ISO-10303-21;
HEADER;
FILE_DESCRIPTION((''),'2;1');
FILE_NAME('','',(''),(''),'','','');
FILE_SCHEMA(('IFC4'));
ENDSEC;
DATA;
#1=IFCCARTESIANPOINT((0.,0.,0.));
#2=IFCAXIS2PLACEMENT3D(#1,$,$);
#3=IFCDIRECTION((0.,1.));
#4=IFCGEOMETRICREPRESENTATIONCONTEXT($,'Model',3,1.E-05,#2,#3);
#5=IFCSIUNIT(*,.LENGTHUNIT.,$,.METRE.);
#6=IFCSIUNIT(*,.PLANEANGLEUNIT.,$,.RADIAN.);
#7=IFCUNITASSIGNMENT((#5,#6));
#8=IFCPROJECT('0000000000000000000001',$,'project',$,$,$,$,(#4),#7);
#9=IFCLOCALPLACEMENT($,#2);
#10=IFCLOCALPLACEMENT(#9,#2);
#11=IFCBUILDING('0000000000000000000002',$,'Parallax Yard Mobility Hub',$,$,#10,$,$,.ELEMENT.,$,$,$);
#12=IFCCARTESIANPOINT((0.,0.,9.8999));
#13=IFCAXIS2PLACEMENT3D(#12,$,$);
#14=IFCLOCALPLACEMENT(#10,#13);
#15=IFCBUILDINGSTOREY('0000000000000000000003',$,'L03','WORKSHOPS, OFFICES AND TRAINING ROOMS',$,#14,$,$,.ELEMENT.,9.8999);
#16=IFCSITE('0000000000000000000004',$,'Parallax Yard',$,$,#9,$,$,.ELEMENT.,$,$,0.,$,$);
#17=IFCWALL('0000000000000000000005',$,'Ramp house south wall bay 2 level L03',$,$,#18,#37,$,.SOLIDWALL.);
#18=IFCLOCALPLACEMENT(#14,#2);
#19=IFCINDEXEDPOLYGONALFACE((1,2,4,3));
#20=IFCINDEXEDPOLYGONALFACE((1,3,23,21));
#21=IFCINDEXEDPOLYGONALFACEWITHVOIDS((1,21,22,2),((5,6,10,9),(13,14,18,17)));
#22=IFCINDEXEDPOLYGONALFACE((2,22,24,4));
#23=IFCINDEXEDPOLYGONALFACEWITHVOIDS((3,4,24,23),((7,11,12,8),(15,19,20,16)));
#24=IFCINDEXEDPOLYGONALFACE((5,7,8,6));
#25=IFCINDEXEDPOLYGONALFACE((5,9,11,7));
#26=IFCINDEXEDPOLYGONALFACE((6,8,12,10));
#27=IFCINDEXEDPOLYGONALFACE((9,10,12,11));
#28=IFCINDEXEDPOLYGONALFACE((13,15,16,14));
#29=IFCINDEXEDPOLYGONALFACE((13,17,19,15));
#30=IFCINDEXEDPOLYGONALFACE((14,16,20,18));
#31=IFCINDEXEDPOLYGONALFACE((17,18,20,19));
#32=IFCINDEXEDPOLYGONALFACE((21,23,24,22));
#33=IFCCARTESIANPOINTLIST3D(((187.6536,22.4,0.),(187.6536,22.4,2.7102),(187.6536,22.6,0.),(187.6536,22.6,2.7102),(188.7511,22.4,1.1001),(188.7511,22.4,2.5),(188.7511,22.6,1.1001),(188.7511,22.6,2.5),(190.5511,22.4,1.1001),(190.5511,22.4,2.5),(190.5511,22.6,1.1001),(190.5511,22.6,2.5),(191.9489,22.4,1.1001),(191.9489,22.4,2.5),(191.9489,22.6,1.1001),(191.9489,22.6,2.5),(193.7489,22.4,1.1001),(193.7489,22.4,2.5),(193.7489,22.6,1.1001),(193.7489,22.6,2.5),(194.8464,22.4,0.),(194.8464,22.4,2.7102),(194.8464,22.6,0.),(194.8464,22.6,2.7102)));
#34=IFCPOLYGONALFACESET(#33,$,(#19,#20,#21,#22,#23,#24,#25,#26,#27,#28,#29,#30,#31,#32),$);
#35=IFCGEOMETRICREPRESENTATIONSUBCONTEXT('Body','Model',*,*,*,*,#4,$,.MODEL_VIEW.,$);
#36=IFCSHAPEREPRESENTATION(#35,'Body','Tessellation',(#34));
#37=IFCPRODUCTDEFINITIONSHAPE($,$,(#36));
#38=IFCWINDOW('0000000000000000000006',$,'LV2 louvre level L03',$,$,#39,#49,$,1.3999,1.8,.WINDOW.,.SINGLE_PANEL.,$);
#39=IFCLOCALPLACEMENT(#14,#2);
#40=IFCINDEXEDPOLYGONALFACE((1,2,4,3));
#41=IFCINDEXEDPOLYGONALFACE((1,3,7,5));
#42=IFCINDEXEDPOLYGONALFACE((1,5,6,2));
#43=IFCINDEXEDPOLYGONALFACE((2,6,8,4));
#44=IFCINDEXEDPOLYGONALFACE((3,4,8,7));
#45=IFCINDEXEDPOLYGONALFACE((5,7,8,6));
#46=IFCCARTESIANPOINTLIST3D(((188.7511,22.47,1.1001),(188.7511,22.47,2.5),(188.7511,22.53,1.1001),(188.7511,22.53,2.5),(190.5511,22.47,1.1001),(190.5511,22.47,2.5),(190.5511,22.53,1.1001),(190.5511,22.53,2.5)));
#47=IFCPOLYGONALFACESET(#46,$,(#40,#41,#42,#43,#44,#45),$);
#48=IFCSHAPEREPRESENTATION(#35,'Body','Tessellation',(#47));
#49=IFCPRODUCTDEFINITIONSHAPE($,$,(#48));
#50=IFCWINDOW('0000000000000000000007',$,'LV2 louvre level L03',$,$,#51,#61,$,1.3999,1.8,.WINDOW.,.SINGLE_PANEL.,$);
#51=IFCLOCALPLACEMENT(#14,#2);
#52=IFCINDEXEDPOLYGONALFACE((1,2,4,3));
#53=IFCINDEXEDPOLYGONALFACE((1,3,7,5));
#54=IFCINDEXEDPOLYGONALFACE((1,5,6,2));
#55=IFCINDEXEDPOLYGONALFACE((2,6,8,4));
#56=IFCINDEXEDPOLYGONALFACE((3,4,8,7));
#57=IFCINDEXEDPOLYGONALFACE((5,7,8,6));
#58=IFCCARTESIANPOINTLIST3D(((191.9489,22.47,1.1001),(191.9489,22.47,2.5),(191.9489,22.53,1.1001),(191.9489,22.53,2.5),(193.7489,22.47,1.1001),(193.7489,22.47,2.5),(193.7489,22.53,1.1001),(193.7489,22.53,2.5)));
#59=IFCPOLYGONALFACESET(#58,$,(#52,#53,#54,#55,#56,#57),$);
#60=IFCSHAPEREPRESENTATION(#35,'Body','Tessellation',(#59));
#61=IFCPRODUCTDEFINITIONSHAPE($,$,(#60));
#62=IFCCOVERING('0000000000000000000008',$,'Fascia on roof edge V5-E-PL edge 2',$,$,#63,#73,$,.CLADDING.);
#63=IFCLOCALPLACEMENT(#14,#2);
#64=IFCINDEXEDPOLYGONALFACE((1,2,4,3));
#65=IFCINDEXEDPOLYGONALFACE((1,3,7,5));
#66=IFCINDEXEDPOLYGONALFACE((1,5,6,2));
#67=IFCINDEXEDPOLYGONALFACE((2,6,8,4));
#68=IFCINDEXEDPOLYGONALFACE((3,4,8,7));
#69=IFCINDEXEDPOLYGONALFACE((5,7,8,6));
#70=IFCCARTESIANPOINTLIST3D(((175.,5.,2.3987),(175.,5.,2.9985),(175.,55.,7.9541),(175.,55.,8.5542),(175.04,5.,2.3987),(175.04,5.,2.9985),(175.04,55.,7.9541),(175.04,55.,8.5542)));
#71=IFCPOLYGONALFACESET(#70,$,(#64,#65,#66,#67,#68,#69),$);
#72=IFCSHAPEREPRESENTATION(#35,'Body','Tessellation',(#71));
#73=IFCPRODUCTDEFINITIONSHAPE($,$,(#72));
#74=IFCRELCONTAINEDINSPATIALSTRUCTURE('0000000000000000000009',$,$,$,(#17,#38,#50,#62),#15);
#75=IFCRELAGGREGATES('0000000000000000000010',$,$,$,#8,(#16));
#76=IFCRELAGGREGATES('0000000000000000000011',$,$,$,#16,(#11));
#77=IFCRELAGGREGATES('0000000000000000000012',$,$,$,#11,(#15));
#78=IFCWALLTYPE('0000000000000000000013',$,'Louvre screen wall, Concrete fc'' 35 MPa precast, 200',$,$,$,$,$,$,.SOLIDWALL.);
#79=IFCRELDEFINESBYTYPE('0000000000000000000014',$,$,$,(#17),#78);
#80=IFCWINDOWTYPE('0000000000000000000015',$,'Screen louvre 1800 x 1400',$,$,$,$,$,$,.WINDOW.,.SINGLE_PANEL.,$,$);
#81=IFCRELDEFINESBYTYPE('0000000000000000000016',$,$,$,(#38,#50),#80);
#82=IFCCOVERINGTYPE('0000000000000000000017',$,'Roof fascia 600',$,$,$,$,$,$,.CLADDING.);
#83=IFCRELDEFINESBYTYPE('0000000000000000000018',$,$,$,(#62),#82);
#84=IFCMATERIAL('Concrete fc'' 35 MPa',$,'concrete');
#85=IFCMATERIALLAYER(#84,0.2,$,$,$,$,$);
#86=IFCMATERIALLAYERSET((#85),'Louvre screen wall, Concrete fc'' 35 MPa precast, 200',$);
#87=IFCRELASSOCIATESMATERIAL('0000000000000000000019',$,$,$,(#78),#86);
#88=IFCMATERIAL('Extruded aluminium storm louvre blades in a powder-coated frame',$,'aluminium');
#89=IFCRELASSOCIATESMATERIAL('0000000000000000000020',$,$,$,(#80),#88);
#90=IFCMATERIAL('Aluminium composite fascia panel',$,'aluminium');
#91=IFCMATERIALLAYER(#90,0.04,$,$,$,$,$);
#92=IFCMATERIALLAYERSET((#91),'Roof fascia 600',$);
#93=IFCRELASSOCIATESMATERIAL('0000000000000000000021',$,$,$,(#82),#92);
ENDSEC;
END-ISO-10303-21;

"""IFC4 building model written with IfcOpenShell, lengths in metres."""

from ifc_helpers import new_model, si_unit, direction, frame, frame_2d, origin, place, context, subcontext, project, spatial, polyline, rectangle, outline, extrude, material, layer, layer_set, type_object, element, fill, save


model = new_model("IFC4")

# Units and contexts
model_context = context("Model", 3, precision=1e-05, world=origin(), true_north=direction((0.0, 1.0)))
body_context = subcontext(model_context, "Body", "Model", "MODEL_VIEW")
ifc_project = project(units=[si_unit("LENGTHUNIT", "METRE"), si_unit("PLANEANGLEUNIT", "RADIAN")], contexts=[model_context])

# Site, building, storey
site_placement = place(None, origin())
site = spatial("IfcSite", under=ifc_project, at=site_placement, Name="Parallax Yard", CompositionType="ELEMENT", RefElevation=0.0)
building_placement = place(site_placement, origin())
building = spatial("IfcBuilding", under=site, at=building_placement, Name="Parallax Yard Mobility Hub", CompositionType="ELEMENT")
storey_placement = place(building_placement, frame((0.0, 0.0, 9.8999)))
storey = spatial("IfcBuildingStorey", under=building, at=storey_placement, Name="L03", Description="WORKSHOPS, OFFICES AND TRAINING ROOMS", CompositionType="ELEMENT", Elevation=9.8999)

# Wall, openings, windows
ifc_material_1 = material(Name="Concrete fc' 35 MPa", Category="concrete")
ifc_layer_1 = layer(ifc_material_1, 0.2)
ifc_layer_set_1 = layer_set([ifc_layer_1], Name="Louvre screen wall, Concrete fc' 35 MPa precast, 200")
wall_type = type_object("IfcWallType", Name="Louvre screen wall, Concrete fc' 35 MPa precast, 200", PredefinedType="SOLIDWALL", material=ifc_layer_set_1)
ifc_material_2 = material(Name="Extruded aluminium storm louvre blades in a powder-coated frame", Category="aluminium")
window_type = type_object("IfcWindowType", Name="Screen louvre 1800 x 1400", PartitioningType="SINGLE_PANEL", PredefinedType="WINDOW", material=ifc_material_2)
wall_1_placement = place(storey_placement, frame((187.6536, 22.5, 0.0), z_axis=(0.0, 0.0, 1.0), x_axis=(1.0, 0.0, 0.0)))
wall_1 = element("IfcWall", 1, at=wall_1_placement, inside=storey, type_object=wall_type, Name="Ramp house south wall bay 2 level L03", PredefinedType="SOLIDWALL", context=body_context, shape_type="SweptSolid", body=[
    extrude(rectangle(XDim=7.1929, YDim=0.2, at=frame_2d((3.5964, 0.0))), origin(), (0.0, 0.0, 1.0), 2.7102),
])
opening_1_placement = place(wall_1_placement, frame((1.0977, 0.0, 1.1001)))
opening_1 = element("IfcOpeningElement", 2, at=opening_1_placement, cuts=wall_1, PredefinedType="OPENING", context=body_context, shape_type="SweptSolid", body=[
    extrude(rectangle(XDim=1.8, YDim=1.3999, at=frame_2d((0.8999, 0.7))), frame((0.0, 0.1099, 0.0), z_axis=(0.0, -1.0, 0.0), x_axis=(1.0, 0.0, 0.0)), (0.0, 0.0, 1.0), 0.22),
])
opening_2_placement = place(wall_1_placement, frame((4.2954, 0.0, 1.1001)))
opening_2 = element("IfcOpeningElement", 3, at=opening_2_placement, cuts=wall_1, PredefinedType="OPENING", context=body_context, shape_type="SweptSolid", body=[
    extrude(rectangle(XDim=1.8, YDim=1.3999, at=frame_2d((0.8999, 0.7))), frame((0.0, 0.1099, 0.0), z_axis=(0.0, -1.0, 0.0), x_axis=(1.0, 0.0, 0.0)), (0.0, 0.0, 1.0), 0.22),
])
window_1_placement = place(opening_1_placement, origin())
window_1 = element("IfcWindow", 4, at=window_1_placement, inside=storey, type_object=window_type, Name="LV2 louvre level L03", OverallHeight=1.3999, OverallWidth=1.8, PartitioningType="SINGLE_PANEL", PredefinedType="WINDOW", context=body_context, shape_type="SweptSolid", body=[
    extrude(rectangle(XDim=1.8, YDim=1.3999, at=frame_2d((0.8999, 0.7))), frame((0.0, 0.03, 0.0), z_axis=(0.0, -1.0, 0.0), x_axis=(1.0, 0.0, 0.0)), (0.0, 0.0, 1.0), 0.0601),
])
fill(opening_1, window_1)
window_2_placement = place(opening_2_placement, origin())
window_2 = element("IfcWindow", 5, at=window_2_placement, inside=storey, type_object=window_type, Name="LV2 louvre level L03", OverallHeight=1.3999, OverallWidth=1.8, PartitioningType="SINGLE_PANEL", PredefinedType="WINDOW", context=body_context, shape_type="SweptSolid", body=[
    extrude(rectangle(XDim=1.8, YDim=1.3999, at=frame_2d((0.8999, 0.7))), frame((0.0, 0.03, 0.0), z_axis=(0.0, -1.0, 0.0), x_axis=(1.0, 0.0, 0.0)), (0.0, 0.0, 1.0), 0.0601),
])
fill(opening_2, window_2)

# Covering
ifc_material_3 = material(Name="Aluminium composite fascia panel", Category="aluminium")
ifc_layer_2 = layer(ifc_material_3, 0.04)
ifc_layer_set_2 = layer_set([ifc_layer_2], Name="Roof fascia 600")
covering_type = type_object("IfcCoveringType", Name="Roof fascia 600", PredefinedType="CLADDING", material=ifc_layer_set_2)
covering_placement = place(storey_placement, frame((175.0, 5.0, 2.9985), z_axis=(-1.0, 0.0, 0.0), x_axis=(0.0, 0.993883, 0.110434)))
element("IfcCovering", 6, at=covering_placement, inside=storey, type_object=covering_type, Name="Fascia on roof edge V5-E-PL edge 2", PredefinedType="CLADDING", context=body_context, shape_type="SweptSolid", body=[
    extrude(outline(polyline([(0.0, 0.0), (50.3077, 0.0), (50.2414, 0.5964), (-0.0662, 0.5962), (0.0, 0.0)])), origin(), (0.0, 0.0, -1.0), 0.04),
])

save(model, "model.ifc")
